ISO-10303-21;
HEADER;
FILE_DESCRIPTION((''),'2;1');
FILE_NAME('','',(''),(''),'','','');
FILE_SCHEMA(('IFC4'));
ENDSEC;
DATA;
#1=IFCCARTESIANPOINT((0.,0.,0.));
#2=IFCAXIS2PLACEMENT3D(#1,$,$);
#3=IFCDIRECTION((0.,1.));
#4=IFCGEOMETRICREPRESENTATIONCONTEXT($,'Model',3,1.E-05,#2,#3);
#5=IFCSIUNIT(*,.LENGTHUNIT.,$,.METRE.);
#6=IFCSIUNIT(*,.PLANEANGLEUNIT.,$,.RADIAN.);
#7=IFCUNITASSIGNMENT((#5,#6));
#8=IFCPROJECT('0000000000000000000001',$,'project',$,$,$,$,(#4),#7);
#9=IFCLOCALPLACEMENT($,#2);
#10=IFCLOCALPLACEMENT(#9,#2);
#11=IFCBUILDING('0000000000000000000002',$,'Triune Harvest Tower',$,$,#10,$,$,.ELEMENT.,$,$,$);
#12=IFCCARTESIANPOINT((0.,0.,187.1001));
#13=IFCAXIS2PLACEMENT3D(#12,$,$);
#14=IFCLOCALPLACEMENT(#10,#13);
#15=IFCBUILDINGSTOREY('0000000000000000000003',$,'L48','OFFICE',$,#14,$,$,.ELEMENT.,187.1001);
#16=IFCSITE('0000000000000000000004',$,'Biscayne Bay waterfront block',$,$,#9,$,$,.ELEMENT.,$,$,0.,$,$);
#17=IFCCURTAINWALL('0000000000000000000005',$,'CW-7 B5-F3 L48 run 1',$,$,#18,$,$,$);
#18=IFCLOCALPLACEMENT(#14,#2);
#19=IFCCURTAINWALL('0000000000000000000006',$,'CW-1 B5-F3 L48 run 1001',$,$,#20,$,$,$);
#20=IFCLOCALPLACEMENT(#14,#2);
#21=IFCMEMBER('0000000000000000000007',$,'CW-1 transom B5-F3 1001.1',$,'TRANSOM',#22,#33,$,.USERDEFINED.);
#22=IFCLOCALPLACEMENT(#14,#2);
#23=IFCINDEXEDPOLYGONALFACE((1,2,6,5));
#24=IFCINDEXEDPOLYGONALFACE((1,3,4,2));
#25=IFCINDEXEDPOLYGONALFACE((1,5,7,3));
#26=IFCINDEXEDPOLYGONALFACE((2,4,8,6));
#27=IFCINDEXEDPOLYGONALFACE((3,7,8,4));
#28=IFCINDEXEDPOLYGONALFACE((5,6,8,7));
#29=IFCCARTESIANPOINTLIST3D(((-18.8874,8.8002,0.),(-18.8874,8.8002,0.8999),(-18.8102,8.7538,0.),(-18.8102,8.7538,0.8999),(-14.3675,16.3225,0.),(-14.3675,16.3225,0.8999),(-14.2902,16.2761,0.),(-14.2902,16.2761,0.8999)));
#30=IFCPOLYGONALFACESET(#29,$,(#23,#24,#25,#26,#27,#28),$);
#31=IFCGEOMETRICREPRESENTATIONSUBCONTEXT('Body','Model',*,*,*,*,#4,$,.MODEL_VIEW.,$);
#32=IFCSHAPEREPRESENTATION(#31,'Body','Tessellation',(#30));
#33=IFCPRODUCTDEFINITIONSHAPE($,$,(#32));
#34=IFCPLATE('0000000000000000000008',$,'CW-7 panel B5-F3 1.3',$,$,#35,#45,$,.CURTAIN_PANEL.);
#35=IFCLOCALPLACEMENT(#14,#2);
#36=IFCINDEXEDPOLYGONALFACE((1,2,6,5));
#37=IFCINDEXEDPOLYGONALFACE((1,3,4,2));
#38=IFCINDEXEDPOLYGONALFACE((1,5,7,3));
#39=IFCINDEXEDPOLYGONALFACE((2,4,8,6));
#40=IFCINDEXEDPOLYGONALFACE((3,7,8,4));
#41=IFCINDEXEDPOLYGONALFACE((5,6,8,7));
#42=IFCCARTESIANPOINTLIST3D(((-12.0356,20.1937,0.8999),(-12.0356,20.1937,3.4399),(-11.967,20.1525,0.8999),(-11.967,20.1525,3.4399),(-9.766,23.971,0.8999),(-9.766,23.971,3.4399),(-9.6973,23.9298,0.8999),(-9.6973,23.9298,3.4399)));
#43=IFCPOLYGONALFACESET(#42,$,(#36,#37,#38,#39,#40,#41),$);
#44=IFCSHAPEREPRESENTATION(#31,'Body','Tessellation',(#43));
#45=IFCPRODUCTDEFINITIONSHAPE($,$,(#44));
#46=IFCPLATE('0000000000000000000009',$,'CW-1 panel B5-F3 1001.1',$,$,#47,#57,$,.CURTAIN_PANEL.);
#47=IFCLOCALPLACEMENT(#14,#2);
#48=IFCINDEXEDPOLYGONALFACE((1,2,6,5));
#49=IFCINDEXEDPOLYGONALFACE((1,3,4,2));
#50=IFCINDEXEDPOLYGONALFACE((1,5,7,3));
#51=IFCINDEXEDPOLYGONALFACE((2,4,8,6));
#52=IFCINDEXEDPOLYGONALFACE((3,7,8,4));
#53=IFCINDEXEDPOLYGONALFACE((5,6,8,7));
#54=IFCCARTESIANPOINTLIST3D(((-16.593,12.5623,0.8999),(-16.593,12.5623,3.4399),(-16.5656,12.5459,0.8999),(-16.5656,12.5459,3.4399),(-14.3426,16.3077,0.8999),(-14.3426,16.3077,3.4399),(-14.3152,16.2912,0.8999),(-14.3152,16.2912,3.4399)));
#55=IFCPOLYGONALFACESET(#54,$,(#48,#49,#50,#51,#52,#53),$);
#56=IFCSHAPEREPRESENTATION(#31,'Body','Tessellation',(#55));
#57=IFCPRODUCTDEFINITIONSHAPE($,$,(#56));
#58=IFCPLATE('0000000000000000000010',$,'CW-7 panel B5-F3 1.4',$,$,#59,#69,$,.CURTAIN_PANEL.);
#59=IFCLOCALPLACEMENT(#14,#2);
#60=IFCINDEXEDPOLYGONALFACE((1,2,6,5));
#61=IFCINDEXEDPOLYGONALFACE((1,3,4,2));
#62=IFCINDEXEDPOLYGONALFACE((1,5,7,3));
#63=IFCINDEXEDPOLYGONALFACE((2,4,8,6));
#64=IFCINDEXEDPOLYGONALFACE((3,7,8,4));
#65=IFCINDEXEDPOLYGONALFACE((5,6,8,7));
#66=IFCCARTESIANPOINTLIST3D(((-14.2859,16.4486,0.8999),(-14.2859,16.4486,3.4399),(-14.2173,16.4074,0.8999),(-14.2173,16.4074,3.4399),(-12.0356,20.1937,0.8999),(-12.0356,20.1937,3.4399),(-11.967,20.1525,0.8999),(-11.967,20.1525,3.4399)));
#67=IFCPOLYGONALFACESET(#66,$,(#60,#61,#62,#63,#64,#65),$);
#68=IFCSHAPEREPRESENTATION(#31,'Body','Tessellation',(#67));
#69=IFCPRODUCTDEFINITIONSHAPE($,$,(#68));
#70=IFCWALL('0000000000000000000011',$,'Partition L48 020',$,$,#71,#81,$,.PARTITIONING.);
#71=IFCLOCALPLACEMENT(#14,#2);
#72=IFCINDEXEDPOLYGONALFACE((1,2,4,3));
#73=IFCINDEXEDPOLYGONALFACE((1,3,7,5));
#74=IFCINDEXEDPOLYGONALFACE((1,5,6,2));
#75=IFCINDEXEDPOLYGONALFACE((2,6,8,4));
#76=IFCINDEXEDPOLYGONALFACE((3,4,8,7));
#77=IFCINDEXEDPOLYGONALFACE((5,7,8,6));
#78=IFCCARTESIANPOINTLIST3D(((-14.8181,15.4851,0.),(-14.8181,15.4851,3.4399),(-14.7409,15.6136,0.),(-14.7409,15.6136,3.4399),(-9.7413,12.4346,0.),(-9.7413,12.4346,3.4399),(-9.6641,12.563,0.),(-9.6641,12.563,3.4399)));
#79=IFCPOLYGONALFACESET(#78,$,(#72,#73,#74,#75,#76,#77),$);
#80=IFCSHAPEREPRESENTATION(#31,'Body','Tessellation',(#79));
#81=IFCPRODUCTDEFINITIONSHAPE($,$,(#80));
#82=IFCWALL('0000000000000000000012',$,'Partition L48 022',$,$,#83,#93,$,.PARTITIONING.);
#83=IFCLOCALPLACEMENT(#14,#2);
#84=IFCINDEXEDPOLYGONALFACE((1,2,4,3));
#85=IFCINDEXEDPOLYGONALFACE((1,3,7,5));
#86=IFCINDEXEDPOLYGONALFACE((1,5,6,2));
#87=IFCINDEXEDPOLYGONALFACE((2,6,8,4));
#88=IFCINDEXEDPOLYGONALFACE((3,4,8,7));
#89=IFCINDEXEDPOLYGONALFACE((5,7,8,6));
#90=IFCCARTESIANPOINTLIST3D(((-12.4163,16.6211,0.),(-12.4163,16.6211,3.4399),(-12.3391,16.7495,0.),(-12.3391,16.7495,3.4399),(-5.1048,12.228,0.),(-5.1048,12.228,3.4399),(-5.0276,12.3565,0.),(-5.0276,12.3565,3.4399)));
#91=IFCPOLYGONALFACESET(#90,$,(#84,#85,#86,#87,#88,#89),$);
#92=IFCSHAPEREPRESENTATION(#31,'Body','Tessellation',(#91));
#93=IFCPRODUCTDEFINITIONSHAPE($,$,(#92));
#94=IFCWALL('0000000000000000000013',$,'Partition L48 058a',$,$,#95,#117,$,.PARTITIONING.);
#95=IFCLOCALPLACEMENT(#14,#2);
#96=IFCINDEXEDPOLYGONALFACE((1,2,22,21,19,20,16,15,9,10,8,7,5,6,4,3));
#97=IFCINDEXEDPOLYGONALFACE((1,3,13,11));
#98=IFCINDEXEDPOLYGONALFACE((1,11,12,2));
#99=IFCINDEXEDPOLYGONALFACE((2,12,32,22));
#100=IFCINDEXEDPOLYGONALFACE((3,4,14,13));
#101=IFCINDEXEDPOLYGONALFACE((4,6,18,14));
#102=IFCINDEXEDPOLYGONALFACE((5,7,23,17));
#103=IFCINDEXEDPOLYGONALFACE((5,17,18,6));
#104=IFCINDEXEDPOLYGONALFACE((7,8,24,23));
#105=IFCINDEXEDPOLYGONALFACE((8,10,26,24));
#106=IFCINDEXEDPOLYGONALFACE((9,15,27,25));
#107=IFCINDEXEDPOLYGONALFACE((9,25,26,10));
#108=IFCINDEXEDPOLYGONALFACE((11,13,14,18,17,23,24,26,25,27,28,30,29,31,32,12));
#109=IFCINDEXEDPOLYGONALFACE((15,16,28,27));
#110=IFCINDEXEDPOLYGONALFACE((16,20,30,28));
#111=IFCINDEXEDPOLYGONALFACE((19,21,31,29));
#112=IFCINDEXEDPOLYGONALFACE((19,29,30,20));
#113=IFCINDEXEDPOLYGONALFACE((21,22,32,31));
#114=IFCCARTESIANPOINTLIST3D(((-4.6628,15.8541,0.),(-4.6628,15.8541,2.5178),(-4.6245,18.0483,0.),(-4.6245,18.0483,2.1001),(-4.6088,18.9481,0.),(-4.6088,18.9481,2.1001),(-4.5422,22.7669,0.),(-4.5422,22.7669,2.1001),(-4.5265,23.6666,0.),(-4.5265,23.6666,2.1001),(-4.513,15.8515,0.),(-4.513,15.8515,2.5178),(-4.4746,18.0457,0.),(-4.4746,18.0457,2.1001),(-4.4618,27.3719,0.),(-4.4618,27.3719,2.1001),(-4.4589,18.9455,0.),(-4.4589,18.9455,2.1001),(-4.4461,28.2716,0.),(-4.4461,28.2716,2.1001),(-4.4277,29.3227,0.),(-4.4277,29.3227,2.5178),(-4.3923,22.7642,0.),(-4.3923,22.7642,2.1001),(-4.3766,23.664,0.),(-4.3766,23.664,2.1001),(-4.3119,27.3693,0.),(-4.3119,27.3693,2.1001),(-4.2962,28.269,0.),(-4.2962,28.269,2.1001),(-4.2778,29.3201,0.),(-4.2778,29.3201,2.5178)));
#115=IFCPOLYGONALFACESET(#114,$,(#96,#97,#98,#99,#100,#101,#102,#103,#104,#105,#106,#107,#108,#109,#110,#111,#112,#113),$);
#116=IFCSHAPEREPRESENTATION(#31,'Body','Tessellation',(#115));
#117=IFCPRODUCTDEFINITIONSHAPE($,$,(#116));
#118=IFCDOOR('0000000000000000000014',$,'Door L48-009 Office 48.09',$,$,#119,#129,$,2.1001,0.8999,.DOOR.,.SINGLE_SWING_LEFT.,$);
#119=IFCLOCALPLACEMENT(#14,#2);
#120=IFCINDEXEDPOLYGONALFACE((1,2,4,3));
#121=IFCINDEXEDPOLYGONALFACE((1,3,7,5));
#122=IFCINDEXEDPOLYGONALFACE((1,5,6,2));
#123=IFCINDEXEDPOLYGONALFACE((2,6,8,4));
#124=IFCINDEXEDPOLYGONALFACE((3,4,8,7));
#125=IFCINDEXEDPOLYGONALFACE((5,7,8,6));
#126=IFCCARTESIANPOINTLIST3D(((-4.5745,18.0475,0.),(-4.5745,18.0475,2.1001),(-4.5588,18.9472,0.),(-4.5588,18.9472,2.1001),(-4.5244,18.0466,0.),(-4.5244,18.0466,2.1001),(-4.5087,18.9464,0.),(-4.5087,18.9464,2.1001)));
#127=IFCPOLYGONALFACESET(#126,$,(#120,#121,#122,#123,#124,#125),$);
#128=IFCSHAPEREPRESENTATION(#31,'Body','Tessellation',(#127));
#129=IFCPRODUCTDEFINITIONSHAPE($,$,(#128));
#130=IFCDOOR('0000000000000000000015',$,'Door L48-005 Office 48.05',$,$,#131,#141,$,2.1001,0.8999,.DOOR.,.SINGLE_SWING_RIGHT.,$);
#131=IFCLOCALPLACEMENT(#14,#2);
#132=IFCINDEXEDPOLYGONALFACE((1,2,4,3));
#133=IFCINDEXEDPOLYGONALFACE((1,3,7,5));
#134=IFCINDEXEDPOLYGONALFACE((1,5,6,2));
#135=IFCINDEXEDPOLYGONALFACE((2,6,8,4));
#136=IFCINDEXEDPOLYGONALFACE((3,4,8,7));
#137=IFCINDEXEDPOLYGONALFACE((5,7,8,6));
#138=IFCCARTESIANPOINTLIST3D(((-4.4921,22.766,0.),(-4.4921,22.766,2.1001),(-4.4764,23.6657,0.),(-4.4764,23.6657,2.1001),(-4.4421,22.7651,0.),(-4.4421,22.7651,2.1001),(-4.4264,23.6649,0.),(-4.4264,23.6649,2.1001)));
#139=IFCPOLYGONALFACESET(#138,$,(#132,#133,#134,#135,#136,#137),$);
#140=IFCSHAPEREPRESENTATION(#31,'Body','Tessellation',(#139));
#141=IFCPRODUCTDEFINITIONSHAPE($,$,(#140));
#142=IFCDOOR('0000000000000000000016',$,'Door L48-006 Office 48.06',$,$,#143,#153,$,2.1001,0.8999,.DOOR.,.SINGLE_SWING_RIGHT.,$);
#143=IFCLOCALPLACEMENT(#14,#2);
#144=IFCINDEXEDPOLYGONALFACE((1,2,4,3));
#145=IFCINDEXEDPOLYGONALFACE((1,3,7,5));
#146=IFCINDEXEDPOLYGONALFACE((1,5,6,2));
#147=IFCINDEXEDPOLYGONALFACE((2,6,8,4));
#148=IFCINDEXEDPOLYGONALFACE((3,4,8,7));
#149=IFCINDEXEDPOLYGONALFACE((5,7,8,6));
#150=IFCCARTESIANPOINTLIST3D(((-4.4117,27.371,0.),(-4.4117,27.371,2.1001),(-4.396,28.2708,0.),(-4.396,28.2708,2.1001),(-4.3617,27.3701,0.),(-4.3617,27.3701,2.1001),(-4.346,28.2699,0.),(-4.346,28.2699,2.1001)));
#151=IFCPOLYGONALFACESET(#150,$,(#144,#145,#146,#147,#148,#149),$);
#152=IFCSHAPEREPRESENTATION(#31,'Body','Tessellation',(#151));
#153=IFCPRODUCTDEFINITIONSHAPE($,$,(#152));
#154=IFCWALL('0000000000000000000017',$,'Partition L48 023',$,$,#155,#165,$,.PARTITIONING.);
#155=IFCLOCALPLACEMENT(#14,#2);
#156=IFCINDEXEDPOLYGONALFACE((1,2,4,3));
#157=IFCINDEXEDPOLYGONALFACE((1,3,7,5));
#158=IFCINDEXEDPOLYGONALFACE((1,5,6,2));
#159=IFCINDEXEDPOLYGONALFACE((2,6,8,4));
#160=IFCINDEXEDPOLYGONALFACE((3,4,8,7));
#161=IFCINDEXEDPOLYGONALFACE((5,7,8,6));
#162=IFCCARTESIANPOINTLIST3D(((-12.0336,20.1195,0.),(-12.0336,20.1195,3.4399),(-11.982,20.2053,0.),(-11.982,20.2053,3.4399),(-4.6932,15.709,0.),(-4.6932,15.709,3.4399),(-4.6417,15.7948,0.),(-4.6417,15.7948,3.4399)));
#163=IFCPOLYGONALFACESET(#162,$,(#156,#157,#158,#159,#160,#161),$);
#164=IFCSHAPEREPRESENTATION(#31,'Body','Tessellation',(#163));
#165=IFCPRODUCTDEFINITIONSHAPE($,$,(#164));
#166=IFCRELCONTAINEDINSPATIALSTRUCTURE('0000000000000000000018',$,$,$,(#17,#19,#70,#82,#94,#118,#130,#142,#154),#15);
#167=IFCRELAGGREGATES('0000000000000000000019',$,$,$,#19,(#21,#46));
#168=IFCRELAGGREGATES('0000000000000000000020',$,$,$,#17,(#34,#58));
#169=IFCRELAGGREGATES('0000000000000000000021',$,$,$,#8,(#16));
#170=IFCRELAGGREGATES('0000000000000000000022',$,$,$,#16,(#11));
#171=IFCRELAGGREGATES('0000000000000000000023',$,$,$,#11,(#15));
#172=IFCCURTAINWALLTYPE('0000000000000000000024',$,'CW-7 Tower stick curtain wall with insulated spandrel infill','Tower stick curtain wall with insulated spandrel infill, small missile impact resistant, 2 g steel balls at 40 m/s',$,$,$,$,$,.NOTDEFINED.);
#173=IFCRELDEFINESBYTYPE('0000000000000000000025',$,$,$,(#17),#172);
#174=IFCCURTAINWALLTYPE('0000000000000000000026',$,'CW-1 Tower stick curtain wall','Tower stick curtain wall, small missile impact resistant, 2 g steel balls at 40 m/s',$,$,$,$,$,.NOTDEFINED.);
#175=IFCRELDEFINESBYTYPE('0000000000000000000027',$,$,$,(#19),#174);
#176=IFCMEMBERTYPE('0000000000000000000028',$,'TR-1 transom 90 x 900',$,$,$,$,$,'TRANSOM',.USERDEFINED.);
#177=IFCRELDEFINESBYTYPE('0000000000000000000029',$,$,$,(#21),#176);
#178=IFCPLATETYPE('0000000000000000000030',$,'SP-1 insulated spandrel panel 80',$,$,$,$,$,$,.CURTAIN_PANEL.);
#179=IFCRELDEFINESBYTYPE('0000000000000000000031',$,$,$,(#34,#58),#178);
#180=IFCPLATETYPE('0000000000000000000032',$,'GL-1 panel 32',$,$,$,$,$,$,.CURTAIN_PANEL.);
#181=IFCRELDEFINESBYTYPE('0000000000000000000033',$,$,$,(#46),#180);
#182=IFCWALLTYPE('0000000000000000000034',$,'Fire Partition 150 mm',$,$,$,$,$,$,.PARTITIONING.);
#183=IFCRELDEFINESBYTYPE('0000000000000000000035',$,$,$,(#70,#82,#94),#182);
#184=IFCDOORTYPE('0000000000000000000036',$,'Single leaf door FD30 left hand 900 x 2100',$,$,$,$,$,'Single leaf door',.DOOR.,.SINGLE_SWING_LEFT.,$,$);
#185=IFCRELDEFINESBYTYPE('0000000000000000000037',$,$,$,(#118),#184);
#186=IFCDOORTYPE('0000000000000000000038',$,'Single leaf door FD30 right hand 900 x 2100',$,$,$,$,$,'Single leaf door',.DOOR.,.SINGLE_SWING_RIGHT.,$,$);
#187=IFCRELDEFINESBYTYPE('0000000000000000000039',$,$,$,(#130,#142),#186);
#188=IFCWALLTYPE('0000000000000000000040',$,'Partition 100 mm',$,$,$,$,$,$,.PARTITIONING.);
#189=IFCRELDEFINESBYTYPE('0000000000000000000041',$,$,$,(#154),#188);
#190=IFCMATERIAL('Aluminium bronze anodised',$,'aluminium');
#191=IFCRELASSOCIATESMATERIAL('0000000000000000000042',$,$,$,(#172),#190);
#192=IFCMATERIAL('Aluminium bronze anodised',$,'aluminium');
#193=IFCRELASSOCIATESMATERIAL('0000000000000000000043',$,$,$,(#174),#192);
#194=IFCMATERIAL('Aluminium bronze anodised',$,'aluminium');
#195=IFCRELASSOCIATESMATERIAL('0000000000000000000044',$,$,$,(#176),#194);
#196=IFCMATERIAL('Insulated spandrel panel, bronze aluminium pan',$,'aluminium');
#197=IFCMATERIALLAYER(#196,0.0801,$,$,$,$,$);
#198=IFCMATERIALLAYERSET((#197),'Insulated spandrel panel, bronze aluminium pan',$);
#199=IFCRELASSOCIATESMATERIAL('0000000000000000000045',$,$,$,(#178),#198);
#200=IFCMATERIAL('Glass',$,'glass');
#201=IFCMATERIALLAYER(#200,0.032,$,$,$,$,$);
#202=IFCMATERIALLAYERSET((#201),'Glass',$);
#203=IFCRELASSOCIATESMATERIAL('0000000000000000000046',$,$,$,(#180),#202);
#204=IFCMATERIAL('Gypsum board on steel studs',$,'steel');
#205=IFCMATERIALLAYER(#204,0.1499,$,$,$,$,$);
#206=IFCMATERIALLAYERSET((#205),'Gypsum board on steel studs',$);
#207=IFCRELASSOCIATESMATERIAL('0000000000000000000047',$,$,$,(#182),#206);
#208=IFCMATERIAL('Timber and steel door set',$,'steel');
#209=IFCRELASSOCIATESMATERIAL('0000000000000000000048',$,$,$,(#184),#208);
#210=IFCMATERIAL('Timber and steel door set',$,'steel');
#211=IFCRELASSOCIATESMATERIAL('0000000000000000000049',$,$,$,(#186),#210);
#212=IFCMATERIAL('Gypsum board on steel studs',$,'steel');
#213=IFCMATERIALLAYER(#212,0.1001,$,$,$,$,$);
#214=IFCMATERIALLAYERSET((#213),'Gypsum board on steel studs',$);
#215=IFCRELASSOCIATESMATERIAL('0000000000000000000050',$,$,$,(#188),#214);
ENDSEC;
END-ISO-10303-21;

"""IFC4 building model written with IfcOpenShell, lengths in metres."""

from ifc_helpers import new_model, si_unit, direction, frame, frame_2d, origin, origin_2d, place, context, subcontext, project, spatial, rectangle, extrude, source, transform, mapped, material, layer, layer_set, material_profile, profile_set, type_object, element, fill, aggregate, save


model = new_model("IFC4")

# Units and contexts
model_context = context("Model", 3, precision=1e-05, world=origin(), true_north=direction((0.0, 1.0)))
body_context = subcontext(model_context, "Body", "Model", "MODEL_VIEW")
ifc_project = project(units=[si_unit("LENGTHUNIT", "METRE"), si_unit("PLANEANGLEUNIT", "RADIAN")], contexts=[model_context])

# Site, building, storey
site_placement = place(None, origin())
site = spatial("IfcSite", under=ifc_project, at=site_placement, Name="Biscayne Bay waterfront block", CompositionType="ELEMENT", RefElevation=0.0)
building_placement = place(site_placement, origin())
building = spatial("IfcBuilding", under=site, at=building_placement, Name="Triune Harvest Tower", CompositionType="ELEMENT")
storey_placement = place(building_placement, frame((0.0, 0.0, 187.1001)))
storey = spatial("IfcBuildingStorey", under=building, at=storey_placement, Name="L48", Description="OFFICE", CompositionType="ELEMENT", Elevation=187.1001)

# Curtain wall
ifc_material_1 = material(Name="Aluminium bronze anodised", Category="aluminium")
curtain_wall_type_1 = type_object("IfcCurtainWallType", Name="CW-7 Tower stick curtain wall with insulated spandrel infill", Description="Tower stick curtain wall with insulated spandrel infill, small missile impact resistant, 2 g steel balls at 40 m/s", PredefinedType="NOTDEFINED", material=ifc_material_1)
curtain_wall_1_placement = place(storey_placement, origin())
curtain_wall_1 = element("IfcCurtainWall", 1, at=curtain_wall_1_placement, inside=storey, type_object=curtain_wall_type_1, Name="CW-7 B5-F3 L48 run 1")

# Curtain wall, member
ifc_material_2 = material(Name="Aluminium bronze anodised", Category="aluminium")
curtain_wall_type_2 = type_object("IfcCurtainWallType", Name="CW-1 Tower stick curtain wall", Description="Tower stick curtain wall, small missile impact resistant, 2 g steel balls at 40 m/s", PredefinedType="NOTDEFINED", material=ifc_material_2)
curtain_wall_2_placement = place(storey_placement, origin())
curtain_wall_2 = element("IfcCurtainWall", 2, at=curtain_wall_2_placement, inside=storey, type_object=curtain_wall_type_2, Name="CW-1 B5-F3 L48 run 1001")
ifc_material_3 = material(Name="Aluminium bronze anodised", Category="aluminium")
ifc_material_profile_1 = material_profile(ifc_material_3, rectangle(XDim=0.0901, YDim=0.8999, at=origin_2d()), Name="TR-1 transom 90 x 900")
ifc_profile_set_1 = profile_set([ifc_material_profile_1], Name="Aluminium bronze anodised")
member_type_1 = type_object("IfcMemberType", Name="TR-1 transom 90 x 900", ElementType="TRANSOM", PredefinedType="USERDEFINED", material=ifc_profile_set_1)
shared_shape_1 = source(origin(), body_context, "Body", "SweptSolid", [
    extrude(rectangle(XDim=0.0901, YDim=0.8999, at=origin_2d()), origin(), (0.0, 0.0, 1.0), 8.7759),
])
member_1_placement = place(storey_placement, frame((-14.3289, 16.2993, 0.45), z_axis=(-0.515044, -0.857164, 0.0), x_axis=(0.857164, -0.515044, 0.0)))
member_1 = element("IfcMember", 3, at=member_1_placement, type_object=member_type_1, Name="CW-1 transom B5-F3 1001.1", ObjectType="TRANSOM", PredefinedType="USERDEFINED", context=body_context, shape_type="MappedRepresentation", body=[
    mapped(shared_shape_1, transform((0.0, 0.0, 0.0), scale=1.0)),
])

# Plates
ifc_material_4 = material(Name="Insulated spandrel panel, bronze aluminium pan", Category="aluminium")
ifc_layer_1 = layer(ifc_material_4, 0.0801)
ifc_layer_set_1 = layer_set([ifc_layer_1], Name="Insulated spandrel panel, bronze aluminium pan")
plate_type_1 = type_object("IfcPlateType", Name="SP-1 insulated spandrel panel 80", PredefinedType="CURTAIN_PANEL", material=ifc_layer_set_1)
shared_shape_2 = source(origin(), body_context, "Body", "SweptSolid", [
    extrude(rectangle(XDim=4.4067, YDim=0.0801, at=origin_2d()), origin(), (0.0, 0.0, 1.0), 2.54),
])
plate_1_placement = place(storey_placement, frame((-10.8665, 22.0618, 0.8999), z_axis=(0.0, 0.0, 1.0), x_axis=(-0.515039, -0.857167, 0.0)))
plate_1 = element("IfcPlate", 4, at=plate_1_placement, type_object=plate_type_1, Name="CW-7 panel B5-F3 1.3", PredefinedType="CURTAIN_PANEL", context=body_context, shape_type="MappedRepresentation", body=[
    mapped(shared_shape_2, transform((0.0, 0.0, 0.0), scale=1.0)),
])
ifc_material_5 = material(Name="Glass", Category="glass")
ifc_layer_2 = layer(ifc_material_5, 0.032)
ifc_layer_set_2 = layer_set([ifc_layer_2], Name="Glass")
plate_type_2 = type_object("IfcPlateType", Name="GL-1 panel 32", PredefinedType="CURTAIN_PANEL", material=ifc_layer_set_2)
shared_shape_3 = source(origin(), body_context, "Body", "SweptSolid", [
    extrude(rectangle(XDim=4.3694, YDim=0.032, at=origin_2d()), origin(), (0.0, 0.0, 1.0), 2.54),
])
plate_2_placement = place(storey_placement, frame((-15.4541, 14.4268, 0.8999), z_axis=(0.0, 0.0, 1.0), x_axis=(-0.515031, -0.857172, 0.0)))
plate_2 = element("IfcPlate", 5, at=plate_2_placement, type_object=plate_type_2, Name="CW-1 panel B5-F3 1001.1", PredefinedType="CURTAIN_PANEL", context=body_context, shape_type="MappedRepresentation", body=[
    mapped(shared_shape_3, transform((0.0, 0.0, 0.0), scale=1.0)),
])
aggregate(curtain_wall_2, [member_1, plate_2])
shared_shape_4 = source(origin(), body_context, "Body", "SweptSolid", [
    extrude(rectangle(XDim=4.3691, YDim=0.0801, at=origin_2d()), origin(), (0.0, 0.0, 1.0), 2.54),
])
plate_3_placement = place(storey_placement, frame((-13.1265, 18.3005, 0.8999), z_axis=(0.0, 0.0, 1.0), x_axis=(-0.515039, -0.857167, 0.0)))
plate_3 = element("IfcPlate", 6, at=plate_3_placement, type_object=plate_type_1, Name="CW-7 panel B5-F3 1.4", PredefinedType="CURTAIN_PANEL", context=body_context, shape_type="MappedRepresentation", body=[
    mapped(shared_shape_4, transform((0.0, 0.0, 0.0), scale=1.0)),
])
aggregate(curtain_wall_1, [plate_1, plate_3])

# Walls
ifc_material_6 = material(Name="Gypsum board on steel studs", Category="steel")
ifc_layer_3 = layer(ifc_material_6, 0.1499)
ifc_layer_set_3 = layer_set([ifc_layer_3], Name="Gypsum board on steel studs")
wall_type_1 = type_object("IfcWallType", Name="Fire Partition 150 mm", PredefinedType="PARTITIONING", material=ifc_layer_set_3)
wall_1_placement = place(storey_placement, frame((-14.7795, 15.5493, 0.0), z_axis=(0.0, 0.0, 1.0), x_axis=(0.857165, -0.515041, 0.0)))
element("IfcWall", 7, at=wall_1_placement, inside=storey, type_object=wall_type_1, Name="Partition L48 020", PredefinedType="PARTITIONING", context=body_context, shape_type="SweptSolid", body=[
    extrude(rectangle(XDim=5.9229, YDim=0.1499, at=frame_2d((2.9614, 0.0))), origin(), (0.0, 0.0, 1.0), 3.4399),
])
wall_2_placement = place(storey_placement, frame((-12.3777, 16.6853, 0.0), z_axis=(0.0, 0.0, 1.0), x_axis=(0.857175, -0.515026, 0.0)))
element("IfcWall", 8, at=wall_2_placement, inside=storey, type_object=wall_type_1, Name="Partition L48 022", PredefinedType="PARTITIONING", context=body_context, shape_type="SweptSolid", body=[
    extrude(rectangle(XDim=8.5298, YDim=0.1499, at=frame_2d((4.2649, 0.0))), origin(), (0.0, 0.0, 1.0), 3.4399),
])

# Wall, openings, doors
wall_3_placement = place(storey_placement, frame((-4.5879, 15.8528, 0.0), z_axis=(0.0, 0.0, 1.0), x_axis=(0.017453, 0.999848, 0.0)))
wall_3 = element("IfcWall", 9, at=wall_3_placement, inside=storey, type_object=wall_type_1, Name="Partition L48 058a", PredefinedType="PARTITIONING", context=body_context, shape_type="SweptSolid", body=[
    extrude(rectangle(XDim=13.4707, YDim=0.1499, at=frame_2d((6.7354, 0.0))), origin(), (0.0, 0.0, 1.0), 2.5178),
])
opening_1_placement = place(wall_3_placement, frame((6.9138, 0.0, 0.0)))
opening_1 = element("IfcOpeningElement", 10, at=opening_1_placement, cuts=wall_3, PredefinedType="OPENING", context=body_context, shape_type="SweptSolid", body=[
    extrude(rectangle(XDim=0.8999, YDim=2.1001, at=frame_2d((0.45, 1.05))), frame((0.0, 0.085, 0.0), z_axis=(0.0, -1.0, 0.0), x_axis=(1.0, 0.0, 0.0)), (0.0, 0.0, 1.0), 0.1699),
])
opening_2_placement = place(wall_3_placement, frame((11.5195, 0.0, 0.0)))
opening_2 = element("IfcOpeningElement", 11, at=opening_2_placement, cuts=wall_3, PredefinedType="OPENING", context=body_context, shape_type="SweptSolid", body=[
    extrude(rectangle(XDim=0.8999, YDim=2.1001, at=frame_2d((0.45, 1.05))), frame((0.0, 0.085, 0.0), z_axis=(0.0, -1.0, 0.0), x_axis=(1.0, 0.0, 0.0)), (0.0, 0.0, 1.0), 0.1699),
])
opening_3_placement = place(wall_3_placement, frame((2.1946, 0.0, 0.0)))
opening_3 = element("IfcOpeningElement", 12, at=opening_3_placement, cuts=wall_3, PredefinedType="OPENING", context=body_context, shape_type="SweptSolid", body=[
    extrude(rectangle(XDim=0.8999, YDim=2.1001, at=frame_2d((0.45, 1.05))), frame((0.0, 0.085, 0.0), z_axis=(0.0, -1.0, 0.0), x_axis=(1.0, 0.0, 0.0)), (0.0, 0.0, 1.0), 0.1699),
])
ifc_material_7 = material(Name="Timber and steel door set", Category="steel")
door_type_1 = type_object("IfcDoorType", Name="Single leaf door FD30 left hand 900 x 2100", ElementType="Single leaf door", OperationType="SINGLE_SWING_LEFT", PredefinedType="DOOR", material=ifc_material_7)
door_1_placement = place(opening_3_placement, origin())
door_1 = element("IfcDoor", 13, at=door_1_placement, inside=storey, type_object=door_type_1, Name="Door L48-009 Office 48.09", OperationType="SINGLE_SWING_LEFT", OverallHeight=2.1001, OverallWidth=0.8999, PredefinedType="DOOR", context=body_context, shape_type="SweptSolid", body=[
    extrude(rectangle(XDim=0.8999, YDim=2.1001, at=frame_2d((0.45, 1.05))), frame((0.0, 0.0249, 0.0), z_axis=(0.0, -1.0, 0.0), x_axis=(1.0, 0.0, 0.0)), (0.0, 0.0, 1.0), 0.05),
])
fill(opening_3, door_1)
ifc_material_8 = material(Name="Timber and steel door set", Category="steel")
door_type_2 = type_object("IfcDoorType", Name="Single leaf door FD30 right hand 900 x 2100", ElementType="Single leaf door", OperationType="SINGLE_SWING_RIGHT", PredefinedType="DOOR", material=ifc_material_8)
door_2_placement = place(opening_1_placement, origin())
door_2 = element("IfcDoor", 14, at=door_2_placement, inside=storey, type_object=door_type_2, Name="Door L48-005 Office 48.05", OperationType="SINGLE_SWING_RIGHT", OverallHeight=2.1001, OverallWidth=0.8999, PredefinedType="DOOR", context=body_context, shape_type="SweptSolid", body=[
    extrude(rectangle(XDim=0.8999, YDim=2.1001, at=frame_2d((0.45, 1.05))), frame((0.0, 0.0249, 0.0), z_axis=(0.0, -1.0, 0.0), x_axis=(1.0, 0.0, 0.0)), (0.0, 0.0, 1.0), 0.05),
])
fill(opening_1, door_2)
door_3_placement = place(opening_2_placement, origin())
door_3 = element("IfcDoor", 15, at=door_3_placement, inside=storey, type_object=door_type_2, Name="Door L48-006 Office 48.06", OperationType="SINGLE_SWING_RIGHT", OverallHeight=2.1001, OverallWidth=0.8999, PredefinedType="DOOR", context=body_context, shape_type="SweptSolid", body=[
    extrude(rectangle(XDim=0.8999, YDim=2.1001, at=frame_2d((0.45, 1.05))), frame((0.0, 0.0249, 0.0), z_axis=(0.0, -1.0, 0.0), x_axis=(1.0, 0.0, 0.0)), (0.0, 0.0, 1.0), 0.05),
])
fill(opening_2, door_3)

# Wall
ifc_material_9 = material(Name="Gypsum board on steel studs", Category="steel")
ifc_layer_4 = layer(ifc_material_9, 0.1001)
ifc_layer_set_4 = layer_set([ifc_layer_4], Name="Gypsum board on steel studs")
wall_type_2 = type_object("IfcWallType", Name="Partition 100 mm", PredefinedType="PARTITIONING", material=ifc_layer_set_4)
wall_4_placement = place(storey_placement, frame((-12.0078, 20.1624, 0.0), z_axis=(0.0, 0.0, 1.0), x_axis=(0.857173, -0.515028, 0.0)))
element("IfcWall", 16, at=wall_4_placement, inside=storey, type_object=wall_type_2, Name="Partition L48 023", PredefinedType="PARTITIONING", context=body_context, shape_type="SweptSolid", body=[
    extrude(rectangle(XDim=8.5635, YDim=0.1001, at=frame_2d((4.2817, 0.0))), origin(), (0.0, 0.0, 1.0), 3.4399),
])

save(model, "model.ifc")
